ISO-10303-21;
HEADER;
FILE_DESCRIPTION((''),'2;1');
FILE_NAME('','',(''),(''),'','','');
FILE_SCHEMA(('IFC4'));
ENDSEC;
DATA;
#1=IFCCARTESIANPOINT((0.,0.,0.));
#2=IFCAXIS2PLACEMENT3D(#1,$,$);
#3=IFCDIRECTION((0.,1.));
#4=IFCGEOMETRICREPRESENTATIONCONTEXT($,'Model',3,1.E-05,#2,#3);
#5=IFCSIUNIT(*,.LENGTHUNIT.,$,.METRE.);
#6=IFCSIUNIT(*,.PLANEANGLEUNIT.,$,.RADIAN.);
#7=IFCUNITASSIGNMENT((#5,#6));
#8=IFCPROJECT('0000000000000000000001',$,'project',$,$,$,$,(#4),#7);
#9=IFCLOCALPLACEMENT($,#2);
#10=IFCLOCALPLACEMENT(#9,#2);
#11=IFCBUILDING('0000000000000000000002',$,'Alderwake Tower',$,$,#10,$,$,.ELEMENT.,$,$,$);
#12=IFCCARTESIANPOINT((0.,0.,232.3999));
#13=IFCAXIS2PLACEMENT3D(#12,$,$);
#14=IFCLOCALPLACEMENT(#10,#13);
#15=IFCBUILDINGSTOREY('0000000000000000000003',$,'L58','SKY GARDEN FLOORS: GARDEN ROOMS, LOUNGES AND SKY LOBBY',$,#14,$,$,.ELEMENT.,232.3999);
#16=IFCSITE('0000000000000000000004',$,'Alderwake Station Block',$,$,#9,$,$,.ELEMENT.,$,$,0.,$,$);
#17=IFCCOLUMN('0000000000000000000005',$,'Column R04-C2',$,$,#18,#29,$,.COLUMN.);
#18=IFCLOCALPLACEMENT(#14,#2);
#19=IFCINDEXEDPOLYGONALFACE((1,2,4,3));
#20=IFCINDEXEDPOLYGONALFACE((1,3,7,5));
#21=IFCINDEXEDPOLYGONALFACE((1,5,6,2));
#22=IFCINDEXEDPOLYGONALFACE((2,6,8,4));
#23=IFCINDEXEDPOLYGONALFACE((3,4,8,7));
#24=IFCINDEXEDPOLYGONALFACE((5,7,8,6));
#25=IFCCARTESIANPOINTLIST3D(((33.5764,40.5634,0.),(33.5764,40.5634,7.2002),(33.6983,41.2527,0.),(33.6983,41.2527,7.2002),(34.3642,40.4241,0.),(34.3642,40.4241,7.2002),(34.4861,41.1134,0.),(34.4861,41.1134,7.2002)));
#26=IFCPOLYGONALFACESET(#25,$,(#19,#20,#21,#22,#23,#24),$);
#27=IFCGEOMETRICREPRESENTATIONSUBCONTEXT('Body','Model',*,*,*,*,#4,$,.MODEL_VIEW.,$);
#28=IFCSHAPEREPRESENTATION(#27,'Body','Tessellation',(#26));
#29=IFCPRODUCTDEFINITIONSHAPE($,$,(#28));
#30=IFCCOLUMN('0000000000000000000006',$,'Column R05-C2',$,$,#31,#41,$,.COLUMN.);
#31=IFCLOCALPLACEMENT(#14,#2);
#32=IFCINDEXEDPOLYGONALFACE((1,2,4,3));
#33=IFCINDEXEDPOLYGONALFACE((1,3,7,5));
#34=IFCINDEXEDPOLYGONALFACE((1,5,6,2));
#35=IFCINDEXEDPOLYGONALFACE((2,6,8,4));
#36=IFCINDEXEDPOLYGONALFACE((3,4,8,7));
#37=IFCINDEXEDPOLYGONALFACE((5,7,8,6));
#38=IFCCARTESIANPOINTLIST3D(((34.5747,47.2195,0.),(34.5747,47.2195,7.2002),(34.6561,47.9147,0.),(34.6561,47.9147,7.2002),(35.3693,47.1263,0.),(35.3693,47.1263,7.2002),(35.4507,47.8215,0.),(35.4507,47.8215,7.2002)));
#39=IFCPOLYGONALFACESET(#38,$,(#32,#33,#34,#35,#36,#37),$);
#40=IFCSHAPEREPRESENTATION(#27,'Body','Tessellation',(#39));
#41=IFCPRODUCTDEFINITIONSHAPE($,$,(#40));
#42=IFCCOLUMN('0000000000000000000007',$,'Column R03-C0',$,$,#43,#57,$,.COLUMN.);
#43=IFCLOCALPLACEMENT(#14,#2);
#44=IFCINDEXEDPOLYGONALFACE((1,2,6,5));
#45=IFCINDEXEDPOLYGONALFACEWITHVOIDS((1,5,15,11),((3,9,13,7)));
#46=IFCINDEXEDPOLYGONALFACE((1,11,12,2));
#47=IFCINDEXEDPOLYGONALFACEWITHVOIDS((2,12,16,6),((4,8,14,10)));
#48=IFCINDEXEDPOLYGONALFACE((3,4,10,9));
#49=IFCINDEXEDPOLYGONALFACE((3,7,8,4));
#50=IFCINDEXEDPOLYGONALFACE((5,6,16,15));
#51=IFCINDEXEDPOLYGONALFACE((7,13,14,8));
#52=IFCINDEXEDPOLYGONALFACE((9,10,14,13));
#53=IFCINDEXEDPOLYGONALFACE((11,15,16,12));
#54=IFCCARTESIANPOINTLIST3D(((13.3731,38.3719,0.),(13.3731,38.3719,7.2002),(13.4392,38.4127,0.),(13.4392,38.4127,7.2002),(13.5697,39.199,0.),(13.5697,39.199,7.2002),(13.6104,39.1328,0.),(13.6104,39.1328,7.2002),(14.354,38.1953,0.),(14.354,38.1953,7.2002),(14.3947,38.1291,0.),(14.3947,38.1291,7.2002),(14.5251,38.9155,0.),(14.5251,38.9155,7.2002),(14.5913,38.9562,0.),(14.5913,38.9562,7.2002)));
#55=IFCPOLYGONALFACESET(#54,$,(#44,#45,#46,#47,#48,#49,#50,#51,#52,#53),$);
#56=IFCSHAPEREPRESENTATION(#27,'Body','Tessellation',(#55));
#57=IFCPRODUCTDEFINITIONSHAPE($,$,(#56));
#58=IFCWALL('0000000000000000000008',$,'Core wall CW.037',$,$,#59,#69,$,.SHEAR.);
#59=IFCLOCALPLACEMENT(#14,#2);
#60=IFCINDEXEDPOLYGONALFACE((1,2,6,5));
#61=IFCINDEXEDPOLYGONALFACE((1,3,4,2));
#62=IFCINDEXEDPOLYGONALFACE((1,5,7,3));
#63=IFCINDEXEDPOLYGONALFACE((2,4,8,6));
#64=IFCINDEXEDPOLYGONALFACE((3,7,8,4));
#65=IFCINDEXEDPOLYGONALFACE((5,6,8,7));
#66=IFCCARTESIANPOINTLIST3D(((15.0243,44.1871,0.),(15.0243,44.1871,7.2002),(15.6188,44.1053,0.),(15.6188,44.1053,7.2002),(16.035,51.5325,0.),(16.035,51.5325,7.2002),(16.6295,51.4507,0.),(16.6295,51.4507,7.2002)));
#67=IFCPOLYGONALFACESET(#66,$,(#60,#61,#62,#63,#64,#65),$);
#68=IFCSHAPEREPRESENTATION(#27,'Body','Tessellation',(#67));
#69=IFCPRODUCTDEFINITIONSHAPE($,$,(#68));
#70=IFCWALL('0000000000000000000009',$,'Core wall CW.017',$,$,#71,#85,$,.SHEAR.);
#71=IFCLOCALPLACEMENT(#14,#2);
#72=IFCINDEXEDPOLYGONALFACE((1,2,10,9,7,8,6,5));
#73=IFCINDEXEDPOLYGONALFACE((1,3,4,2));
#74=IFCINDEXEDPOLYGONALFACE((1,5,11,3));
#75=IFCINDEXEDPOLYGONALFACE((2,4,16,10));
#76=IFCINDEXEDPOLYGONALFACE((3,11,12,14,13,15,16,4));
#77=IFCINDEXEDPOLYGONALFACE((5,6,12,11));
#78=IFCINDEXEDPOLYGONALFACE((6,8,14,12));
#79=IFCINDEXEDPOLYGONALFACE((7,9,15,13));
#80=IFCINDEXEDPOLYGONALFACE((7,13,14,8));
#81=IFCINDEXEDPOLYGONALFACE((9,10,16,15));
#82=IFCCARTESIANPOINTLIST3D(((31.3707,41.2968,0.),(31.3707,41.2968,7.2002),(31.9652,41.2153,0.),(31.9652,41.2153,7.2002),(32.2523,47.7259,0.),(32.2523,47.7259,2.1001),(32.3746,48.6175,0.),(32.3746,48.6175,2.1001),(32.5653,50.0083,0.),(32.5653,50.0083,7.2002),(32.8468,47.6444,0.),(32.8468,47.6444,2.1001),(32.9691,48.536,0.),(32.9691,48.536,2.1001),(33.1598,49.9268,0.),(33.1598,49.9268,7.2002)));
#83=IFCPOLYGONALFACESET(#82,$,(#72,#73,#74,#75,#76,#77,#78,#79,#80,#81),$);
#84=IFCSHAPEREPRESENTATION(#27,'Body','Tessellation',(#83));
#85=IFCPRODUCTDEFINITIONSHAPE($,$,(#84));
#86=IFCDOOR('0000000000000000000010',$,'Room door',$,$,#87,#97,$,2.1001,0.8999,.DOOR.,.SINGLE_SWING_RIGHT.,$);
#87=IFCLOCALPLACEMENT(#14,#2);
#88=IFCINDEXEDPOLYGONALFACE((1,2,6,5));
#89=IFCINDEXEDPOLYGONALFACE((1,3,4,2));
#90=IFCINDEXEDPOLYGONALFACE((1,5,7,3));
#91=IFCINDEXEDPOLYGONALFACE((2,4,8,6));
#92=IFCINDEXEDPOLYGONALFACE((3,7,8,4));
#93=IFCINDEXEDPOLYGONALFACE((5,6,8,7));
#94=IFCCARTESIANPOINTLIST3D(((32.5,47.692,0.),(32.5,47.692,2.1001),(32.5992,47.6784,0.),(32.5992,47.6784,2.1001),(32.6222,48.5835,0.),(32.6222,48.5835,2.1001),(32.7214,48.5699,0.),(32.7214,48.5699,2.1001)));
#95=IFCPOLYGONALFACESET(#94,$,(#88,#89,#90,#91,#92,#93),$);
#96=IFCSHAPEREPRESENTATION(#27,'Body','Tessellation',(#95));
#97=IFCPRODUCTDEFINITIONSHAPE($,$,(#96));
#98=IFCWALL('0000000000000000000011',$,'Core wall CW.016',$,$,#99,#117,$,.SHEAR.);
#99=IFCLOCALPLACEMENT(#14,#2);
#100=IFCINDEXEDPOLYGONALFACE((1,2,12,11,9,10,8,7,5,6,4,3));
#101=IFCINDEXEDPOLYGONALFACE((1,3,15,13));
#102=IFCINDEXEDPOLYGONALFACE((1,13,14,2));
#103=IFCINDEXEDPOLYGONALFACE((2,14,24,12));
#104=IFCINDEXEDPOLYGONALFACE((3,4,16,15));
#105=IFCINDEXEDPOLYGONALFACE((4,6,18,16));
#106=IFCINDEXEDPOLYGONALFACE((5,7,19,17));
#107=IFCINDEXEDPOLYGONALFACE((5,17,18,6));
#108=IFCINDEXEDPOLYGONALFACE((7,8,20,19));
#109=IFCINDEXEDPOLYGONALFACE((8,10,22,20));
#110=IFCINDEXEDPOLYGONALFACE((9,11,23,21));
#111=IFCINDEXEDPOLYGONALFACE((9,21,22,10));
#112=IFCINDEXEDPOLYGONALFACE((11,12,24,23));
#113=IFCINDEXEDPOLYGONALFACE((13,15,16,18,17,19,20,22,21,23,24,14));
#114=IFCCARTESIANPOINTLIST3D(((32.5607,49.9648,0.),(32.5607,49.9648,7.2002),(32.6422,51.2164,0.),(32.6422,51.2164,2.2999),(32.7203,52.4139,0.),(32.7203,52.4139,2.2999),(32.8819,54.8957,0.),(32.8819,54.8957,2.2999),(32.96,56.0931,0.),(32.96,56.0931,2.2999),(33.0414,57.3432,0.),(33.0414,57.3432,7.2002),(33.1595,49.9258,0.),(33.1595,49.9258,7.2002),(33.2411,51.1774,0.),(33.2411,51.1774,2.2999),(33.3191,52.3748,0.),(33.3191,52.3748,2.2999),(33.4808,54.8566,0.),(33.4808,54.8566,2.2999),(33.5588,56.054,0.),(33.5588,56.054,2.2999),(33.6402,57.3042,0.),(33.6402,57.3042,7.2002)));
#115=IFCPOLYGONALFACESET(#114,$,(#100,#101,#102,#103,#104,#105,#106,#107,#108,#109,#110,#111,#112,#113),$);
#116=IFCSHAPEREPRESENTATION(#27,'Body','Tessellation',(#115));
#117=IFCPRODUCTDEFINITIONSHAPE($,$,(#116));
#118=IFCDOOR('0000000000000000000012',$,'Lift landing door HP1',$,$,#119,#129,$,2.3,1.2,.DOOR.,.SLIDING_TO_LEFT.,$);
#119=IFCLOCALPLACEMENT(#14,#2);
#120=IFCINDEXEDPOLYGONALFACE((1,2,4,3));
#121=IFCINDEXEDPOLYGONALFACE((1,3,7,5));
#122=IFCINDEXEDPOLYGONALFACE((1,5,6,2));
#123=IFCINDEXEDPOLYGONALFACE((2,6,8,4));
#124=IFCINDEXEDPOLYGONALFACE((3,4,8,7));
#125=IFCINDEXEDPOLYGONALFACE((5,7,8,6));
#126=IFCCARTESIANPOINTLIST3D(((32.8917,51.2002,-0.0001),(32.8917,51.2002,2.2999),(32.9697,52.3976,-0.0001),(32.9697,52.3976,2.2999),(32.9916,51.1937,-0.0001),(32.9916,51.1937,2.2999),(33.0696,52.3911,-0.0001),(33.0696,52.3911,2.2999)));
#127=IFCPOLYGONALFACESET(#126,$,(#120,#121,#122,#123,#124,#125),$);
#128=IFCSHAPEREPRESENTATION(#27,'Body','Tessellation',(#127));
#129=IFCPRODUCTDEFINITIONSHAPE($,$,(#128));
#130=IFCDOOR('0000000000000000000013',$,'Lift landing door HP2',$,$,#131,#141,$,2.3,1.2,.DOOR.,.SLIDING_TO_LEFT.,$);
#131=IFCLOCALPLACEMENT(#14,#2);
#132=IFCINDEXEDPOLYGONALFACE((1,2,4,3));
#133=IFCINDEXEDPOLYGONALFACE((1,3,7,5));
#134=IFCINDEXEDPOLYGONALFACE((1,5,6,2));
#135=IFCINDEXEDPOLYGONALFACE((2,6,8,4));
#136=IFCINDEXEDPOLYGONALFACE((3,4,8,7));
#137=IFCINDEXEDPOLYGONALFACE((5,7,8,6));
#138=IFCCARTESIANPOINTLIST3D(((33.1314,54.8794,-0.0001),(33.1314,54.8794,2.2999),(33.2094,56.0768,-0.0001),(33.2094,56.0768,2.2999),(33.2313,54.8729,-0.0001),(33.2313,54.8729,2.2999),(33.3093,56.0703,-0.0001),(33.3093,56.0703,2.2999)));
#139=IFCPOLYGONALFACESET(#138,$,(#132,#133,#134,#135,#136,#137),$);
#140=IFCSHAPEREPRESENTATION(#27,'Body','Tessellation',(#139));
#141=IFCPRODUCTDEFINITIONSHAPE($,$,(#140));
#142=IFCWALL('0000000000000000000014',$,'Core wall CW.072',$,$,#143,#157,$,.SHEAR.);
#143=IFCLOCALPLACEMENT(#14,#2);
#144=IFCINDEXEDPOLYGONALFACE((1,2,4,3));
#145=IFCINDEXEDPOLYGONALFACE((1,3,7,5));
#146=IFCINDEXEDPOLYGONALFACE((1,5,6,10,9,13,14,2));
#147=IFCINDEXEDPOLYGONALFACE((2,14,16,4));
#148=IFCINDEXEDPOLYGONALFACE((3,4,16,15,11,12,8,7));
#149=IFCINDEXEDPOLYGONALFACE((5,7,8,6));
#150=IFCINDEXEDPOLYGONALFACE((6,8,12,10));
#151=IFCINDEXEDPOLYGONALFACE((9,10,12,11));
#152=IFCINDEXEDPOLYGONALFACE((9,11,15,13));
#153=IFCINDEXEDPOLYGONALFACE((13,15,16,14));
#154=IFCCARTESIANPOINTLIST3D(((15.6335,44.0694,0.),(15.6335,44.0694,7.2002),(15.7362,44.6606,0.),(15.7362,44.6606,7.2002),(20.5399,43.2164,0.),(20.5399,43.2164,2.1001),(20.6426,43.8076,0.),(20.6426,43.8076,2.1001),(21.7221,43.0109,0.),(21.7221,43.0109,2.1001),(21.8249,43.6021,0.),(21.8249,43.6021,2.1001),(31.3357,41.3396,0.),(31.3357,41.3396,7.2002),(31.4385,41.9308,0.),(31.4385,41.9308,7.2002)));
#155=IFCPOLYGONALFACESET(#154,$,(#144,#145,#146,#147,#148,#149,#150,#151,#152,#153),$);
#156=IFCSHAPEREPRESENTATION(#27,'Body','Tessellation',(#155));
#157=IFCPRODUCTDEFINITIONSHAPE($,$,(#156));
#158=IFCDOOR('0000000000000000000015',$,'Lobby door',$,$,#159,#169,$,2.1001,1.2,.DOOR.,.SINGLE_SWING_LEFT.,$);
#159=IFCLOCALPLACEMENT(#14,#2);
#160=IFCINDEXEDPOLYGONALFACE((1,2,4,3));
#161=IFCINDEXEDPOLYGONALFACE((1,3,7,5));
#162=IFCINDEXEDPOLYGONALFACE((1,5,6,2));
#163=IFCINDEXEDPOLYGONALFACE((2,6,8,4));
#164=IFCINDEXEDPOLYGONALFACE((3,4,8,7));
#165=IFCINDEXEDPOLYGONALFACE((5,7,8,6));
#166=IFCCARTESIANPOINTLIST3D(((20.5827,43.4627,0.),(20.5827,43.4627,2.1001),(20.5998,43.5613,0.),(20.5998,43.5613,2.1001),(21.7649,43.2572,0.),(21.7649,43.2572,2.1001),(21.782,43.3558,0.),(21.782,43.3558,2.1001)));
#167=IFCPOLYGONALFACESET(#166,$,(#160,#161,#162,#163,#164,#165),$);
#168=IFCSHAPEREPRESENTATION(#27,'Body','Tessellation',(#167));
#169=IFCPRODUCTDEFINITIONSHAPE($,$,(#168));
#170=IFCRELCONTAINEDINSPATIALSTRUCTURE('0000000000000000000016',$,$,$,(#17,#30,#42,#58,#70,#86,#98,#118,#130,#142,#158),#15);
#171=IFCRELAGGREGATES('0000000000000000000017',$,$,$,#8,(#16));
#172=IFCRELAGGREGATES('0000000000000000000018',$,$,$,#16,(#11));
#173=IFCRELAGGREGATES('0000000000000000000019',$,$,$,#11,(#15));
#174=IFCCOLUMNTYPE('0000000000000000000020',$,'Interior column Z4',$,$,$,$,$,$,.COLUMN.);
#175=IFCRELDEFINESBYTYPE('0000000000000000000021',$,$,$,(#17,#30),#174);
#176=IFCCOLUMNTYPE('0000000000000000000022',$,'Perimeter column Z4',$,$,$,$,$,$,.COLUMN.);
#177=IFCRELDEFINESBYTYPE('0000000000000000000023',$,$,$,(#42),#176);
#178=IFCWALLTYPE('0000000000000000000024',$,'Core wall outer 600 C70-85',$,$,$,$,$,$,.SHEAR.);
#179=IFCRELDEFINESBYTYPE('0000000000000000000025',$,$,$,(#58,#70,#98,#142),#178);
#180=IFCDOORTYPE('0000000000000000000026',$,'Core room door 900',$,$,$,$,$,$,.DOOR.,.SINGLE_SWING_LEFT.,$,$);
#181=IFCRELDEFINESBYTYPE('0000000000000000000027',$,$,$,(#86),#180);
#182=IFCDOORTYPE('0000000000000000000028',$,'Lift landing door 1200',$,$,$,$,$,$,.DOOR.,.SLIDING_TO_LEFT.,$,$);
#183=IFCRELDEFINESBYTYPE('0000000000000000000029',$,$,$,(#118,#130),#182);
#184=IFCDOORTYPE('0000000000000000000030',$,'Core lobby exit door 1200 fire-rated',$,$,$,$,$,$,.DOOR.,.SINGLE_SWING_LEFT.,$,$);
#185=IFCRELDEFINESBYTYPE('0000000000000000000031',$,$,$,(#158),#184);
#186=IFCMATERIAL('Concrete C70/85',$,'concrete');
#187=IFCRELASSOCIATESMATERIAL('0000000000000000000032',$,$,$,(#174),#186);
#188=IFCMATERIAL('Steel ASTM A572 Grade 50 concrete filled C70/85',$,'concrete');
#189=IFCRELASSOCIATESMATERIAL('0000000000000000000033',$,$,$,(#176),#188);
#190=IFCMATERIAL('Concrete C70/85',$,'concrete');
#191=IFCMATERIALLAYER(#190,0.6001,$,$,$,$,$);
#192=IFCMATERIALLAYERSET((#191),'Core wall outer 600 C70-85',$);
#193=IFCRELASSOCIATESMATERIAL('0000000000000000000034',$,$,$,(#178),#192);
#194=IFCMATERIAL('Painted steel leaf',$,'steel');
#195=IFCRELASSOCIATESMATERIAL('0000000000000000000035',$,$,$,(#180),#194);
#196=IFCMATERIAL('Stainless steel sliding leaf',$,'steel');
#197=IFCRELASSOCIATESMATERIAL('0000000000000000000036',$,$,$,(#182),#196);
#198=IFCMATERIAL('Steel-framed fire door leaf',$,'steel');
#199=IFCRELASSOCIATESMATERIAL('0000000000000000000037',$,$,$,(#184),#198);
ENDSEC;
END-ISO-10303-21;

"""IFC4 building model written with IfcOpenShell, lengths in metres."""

from ifc_helpers import new_model, si_unit, direction, frame, frame_2d, origin, origin_2d, place, context, subcontext, project, spatial, rectangle, hollow_rectangle, extrude, material, layer, layer_set, material_profile, profile_set, type_object, element, fill, save


model = new_model("IFC4")

# Units and contexts
model_context = context("Model", 3, precision=1e-05, world=origin(), true_north=direction((0.0, 1.0)))
body_context = subcontext(model_context, "Body", "Model", "MODEL_VIEW")
ifc_project = project(units=[si_unit("LENGTHUNIT", "METRE"), si_unit("PLANEANGLEUNIT", "RADIAN")], contexts=[model_context])

# Site, building, storey
site_placement = place(None, origin())
site = spatial("IfcSite", under=ifc_project, at=site_placement, Name="Alderwake Station Block", CompositionType="ELEMENT", RefElevation=0.0)
building_placement = place(site_placement, origin())
building = spatial("IfcBuilding", under=site, at=building_placement, Name="Alderwake Tower", CompositionType="ELEMENT")
storey_placement = place(building_placement, frame((0.0, 0.0, 232.3999)))
storey = spatial("IfcBuildingStorey", under=building, at=storey_placement, Name="L58", Description="SKY GARDEN FLOORS: GARDEN ROOMS, LOUNGES AND SKY LOBBY", CompositionType="ELEMENT", Elevation=232.3999)

# Columns
ifc_material_1 = material(Name="Concrete C70/85", Category="concrete")
ifc_material_profile_1 = material_profile(ifc_material_1, rectangle(XDim=0.7, YDim=0.8, at=origin_2d()), Name="RC 800X700")
ifc_profile_set_1 = profile_set([ifc_material_profile_1], Name="Concrete C70/85")
column_type_1 = type_object("IfcColumnType", Name="Interior column Z4", PredefinedType="COLUMN", material=ifc_profile_set_1)
for number, where, z_axis, x_axis, name in (
    (1, (34.0312, 40.8384, 0.0), (0.0, 0.0, 1.0), (0.174109, 0.984726, 0.0), "Column R04-C2"),
    (2, (35.0127, 47.5205, 0.0), (0.0, 0.0, 1.0), (0.116402, 0.993202, 0.0), "Column R05-C2"),
):
    element("IfcColumn", number, at=place(storey_placement, frame(where, z_axis=z_axis, x_axis=x_axis)), inside=storey, type_object=column_type_1, Name=name, PredefinedType="COLUMN", context=body_context, shape_type="SweptSolid", body=[
        extrude(rectangle(XDim=0.7, YDim=0.8, at=origin_2d()), origin(), (0.0, 0.0, 1.0), 7.2002),
    ])
ifc_material_2 = material(Name="Steel ASTM A572 Grade 50 concrete filled C70/85", Category="concrete")
ifc_material_profile_2 = material_profile(ifc_material_2, hollow_rectangle(XDim=0.8501, YDim=1.05, WallThickness=0.0549, at=origin_2d()), Name="BOX 1050X850X55")
ifc_profile_set_2 = profile_set([ifc_material_profile_2], Name="Steel ASTM A572 Grade 50 concrete filled C70/85")
column_type_2 = type_object("IfcColumnType", Name="Perimeter column Z4", PredefinedType="COLUMN", material=ifc_profile_set_2)
column_placement = place(storey_placement, frame((13.9822, 38.6641, 0.0), z_axis=(0.0, 0.0, 1.0), x_axis=(0.231222, 0.972901, 0.0)))
element("IfcColumn", 3, at=column_placement, inside=storey, type_object=column_type_2, Name="Column R03-C0", PredefinedType="COLUMN", context=body_context, shape_type="SweptSolid", body=[
    extrude(hollow_rectangle(XDim=0.8501, YDim=1.05, WallThickness=0.0549, at=origin_2d()), origin(), (0.0, 0.0, 1.0), 7.2002),
])

# Wall
ifc_material_3 = material(Name="Concrete C70/85", Category="concrete")
ifc_layer_1 = layer(ifc_material_3, 0.6001)
ifc_layer_set_1 = layer_set([ifc_layer_1], Name="Core wall outer 600 C70-85")
wall_type_1 = type_object("IfcWallType", Name="Core wall outer 600 C70-85", PredefinedType="SHEAR", material=ifc_layer_set_1)
wall_1_placement = place(storey_placement, frame((15.3215, 44.1462, 0.0), z_axis=(0.0, 0.0, 1.0), x_axis=(0.136316, 0.990665, 0.0)))
element("IfcWall", 4, at=wall_1_placement, inside=storey, type_object=wall_type_1, Name="Core wall CW.037", PredefinedType="SHEAR", context=body_context, shape_type="SweptSolid", body=[
    extrude(rectangle(XDim=7.4146, YDim=0.6001, at=frame_2d((3.7073, 0.0))), origin(), (0.0, 0.0, 1.0), 7.2002),
])

# Wall, opening, door
wall_2_placement = place(storey_placement, frame((32.8625, 49.9675, 0.0), z_axis=(0.0, 0.0, 1.0), x_axis=(-0.135857, -0.990729, 0.0)))
wall_2 = element("IfcWall", 5, at=wall_2_placement, inside=storey, type_object=wall_type_1, Name="Core wall CW.017", PredefinedType="SHEAR", context=body_context, shape_type="SweptSolid", body=[
    extrude(rectangle(XDim=8.793, YDim=0.6001, at=frame_2d((4.3965, 0.0))), origin(), (0.0, 0.0, 1.0), 7.2002),
])
opening_1_placement = place(wall_2_placement, frame((1.4038, 0.0, 0.0)))
opening_1 = element("IfcOpeningElement", 6, at=opening_1_placement, cuts=wall_2, PredefinedType="OPENING", context=body_context, shape_type="SweptSolid", body=[
    extrude(rectangle(XDim=0.8999, YDim=2.1001, at=frame_2d((0.45, 1.05))), frame((0.0, 0.3101, 0.0), z_axis=(0.0, -1.0, 0.0), x_axis=(1.0, 0.0, 0.0)), (0.0, 0.0, 1.0), 0.6201),
])
ifc_material_4 = material(Name="Painted steel leaf", Category="steel")
door_type_1 = type_object("IfcDoorType", Name="Core room door 900", OperationType="SINGLE_SWING_LEFT", PredefinedType="DOOR", material=ifc_material_4)
door_1_placement = place(opening_1_placement, origin())
door_1 = element("IfcDoor", 7, at=door_1_placement, inside=storey, type_object=door_type_1, Name="Room door", OperationType="SINGLE_SWING_RIGHT", OverallHeight=2.1001, OverallWidth=0.8999, PredefinedType="DOOR", context=body_context, shape_type="SweptSolid", body=[
    extrude(rectangle(XDim=0.8999, YDim=2.1001, at=frame_2d((0.45, 1.05))), frame((0.0, 0.05, 0.0), z_axis=(0.0, -1.0, 0.0), x_axis=(1.0, 0.0, 0.0)), (0.0, 0.0, 1.0), 0.1001),
])
fill(opening_1, door_1)

# Wall, openings, doors
wall_3_placement = place(storey_placement, frame((32.8601, 49.9453, 0.0), z_axis=(0.0, 0.0, 1.0), x_axis=(0.065013, 0.997884, 0.0)))
wall_3 = element("IfcWall", 8, at=wall_3_placement, inside=storey, type_object=wall_type_1, Name="Core wall CW.016", PredefinedType="SHEAR", context=body_context, shape_type="SweptSolid", body=[
    extrude(rectangle(XDim=7.394, YDim=0.6001, at=frame_2d((3.697, 0.0))), origin(), (0.0, 0.0, 1.0), 7.2002),
])
opening_2_placement = place(wall_3_placement, frame((1.2542, 0.0, 0.0)))
opening_2 = element("IfcOpeningElement", 9, at=opening_2_placement, cuts=wall_3, PredefinedType="OPENING", context=body_context, shape_type="SweptSolid", body=[
    extrude(rectangle(XDim=1.2, YDim=2.3, at=frame_2d((0.6001, 1.1499))), frame((0.0, 0.3101, 0.0), z_axis=(0.0, -1.0, 0.0), x_axis=(1.0, 0.0, 0.0)), (0.0, 0.0, 1.0), 0.6201),
])
opening_3_placement = place(wall_3_placement, frame((4.9412, 0.0, 0.0)))
opening_3 = element("IfcOpeningElement", 10, at=opening_3_placement, cuts=wall_3, PredefinedType="OPENING", context=body_context, shape_type="SweptSolid", body=[
    extrude(rectangle(XDim=1.2, YDim=2.3, at=frame_2d((0.6001, 1.1499))), frame((0.0, 0.3101, 0.0), z_axis=(0.0, -1.0, 0.0), x_axis=(1.0, 0.0, 0.0)), (0.0, 0.0, 1.0), 0.6201),
])
ifc_material_5 = material(Name="Stainless steel sliding leaf", Category="steel")
door_type_2 = type_object("IfcDoorType", Name="Lift landing door 1200", OperationType="SLIDING_TO_LEFT", PredefinedType="DOOR", material=ifc_material_5)
door_2_placement = place(opening_2_placement, origin())
door_2 = element("IfcDoor", 11, at=door_2_placement, inside=storey, type_object=door_type_2, Name="Lift landing door HP1", OperationType="SLIDING_TO_LEFT", OverallHeight=2.3, OverallWidth=1.2, PredefinedType="DOOR", context=body_context, shape_type="SweptSolid", body=[
    extrude(rectangle(XDim=1.2, YDim=2.3, at=frame_2d((0.6001, 1.1499))), frame((0.0, 0.05, 0.0), z_axis=(0.0, -1.0, 0.0), x_axis=(1.0, 0.0, 0.0)), (0.0, 0.0, 1.0), 0.1001),
])
fill(opening_2, door_2)
door_3_placement = place(opening_3_placement, origin())
door_3 = element("IfcDoor", 12, at=door_3_placement, inside=storey, type_object=door_type_2, Name="Lift landing door HP2", OperationType="SLIDING_TO_LEFT", OverallHeight=2.3, OverallWidth=1.2, PredefinedType="DOOR", context=body_context, shape_type="SweptSolid", body=[
    extrude(rectangle(XDim=1.2, YDim=2.3, at=frame_2d((0.6001, 1.1499))), frame((0.0, 0.05, 0.0), z_axis=(0.0, -1.0, 0.0), x_axis=(1.0, 0.0, 0.0)), (0.0, 0.0, 1.0), 0.1001),
])
fill(opening_3, door_3)

# Wall, opening, door
wall_4_placement = place(storey_placement, frame((31.387, 41.6353, 0.0), z_axis=(0.0, 0.0, 1.0), x_axis=(-0.985223, 0.171276, 0.0)))
wall_4 = element("IfcWall", 13, at=wall_4_placement, inside=storey, type_object=wall_type_1, Name="Core wall CW.072", PredefinedType="SHEAR", context=body_context, shape_type="SweptSolid", body=[
    extrude(rectangle(XDim=15.9377, YDim=0.6001, at=frame_2d((7.9688, 0.0))), origin(), (0.0, 0.0, 1.0), 7.2002),
])
opening_4_placement = place(wall_4_placement, frame((9.7576, 0.0, 0.0)))
opening_4 = element("IfcOpeningElement", 14, at=opening_4_placement, cuts=wall_4, PredefinedType="OPENING", context=body_context, shape_type="SweptSolid", body=[
    extrude(rectangle(XDim=1.2, YDim=2.1001, at=frame_2d((0.6001, 1.05))), frame((0.0, 0.3101, 0.0), z_axis=(0.0, -1.0, 0.0), x_axis=(1.0, 0.0, 0.0)), (0.0, 0.0, 1.0), 0.6201),
])
ifc_material_6 = material(Name="Steel-framed fire door leaf", Category="steel")
door_type_3 = type_object("IfcDoorType", Name="Core lobby exit door 1200 fire-rated", OperationType="SINGLE_SWING_LEFT", PredefinedType="DOOR", material=ifc_material_6)
door_4_placement = place(opening_4_placement, origin())
door_4 = element("IfcDoor", 15, at=door_4_placement, inside=storey, type_object=door_type_3, Name="Lobby door", OperationType="SINGLE_SWING_LEFT", OverallHeight=2.1001, OverallWidth=1.2, PredefinedType="DOOR", context=body_context, shape_type="SweptSolid", body=[
    extrude(rectangle(XDim=1.2, YDim=2.1001, at=frame_2d((0.6001, 1.05))), frame((0.0, 0.05, 0.0), z_axis=(0.0, -1.0, 0.0), x_axis=(1.0, 0.0, 0.0)), (0.0, 0.0, 1.0), 0.1001),
])
fill(opening_4, door_4)

save(model, "model.ifc")
